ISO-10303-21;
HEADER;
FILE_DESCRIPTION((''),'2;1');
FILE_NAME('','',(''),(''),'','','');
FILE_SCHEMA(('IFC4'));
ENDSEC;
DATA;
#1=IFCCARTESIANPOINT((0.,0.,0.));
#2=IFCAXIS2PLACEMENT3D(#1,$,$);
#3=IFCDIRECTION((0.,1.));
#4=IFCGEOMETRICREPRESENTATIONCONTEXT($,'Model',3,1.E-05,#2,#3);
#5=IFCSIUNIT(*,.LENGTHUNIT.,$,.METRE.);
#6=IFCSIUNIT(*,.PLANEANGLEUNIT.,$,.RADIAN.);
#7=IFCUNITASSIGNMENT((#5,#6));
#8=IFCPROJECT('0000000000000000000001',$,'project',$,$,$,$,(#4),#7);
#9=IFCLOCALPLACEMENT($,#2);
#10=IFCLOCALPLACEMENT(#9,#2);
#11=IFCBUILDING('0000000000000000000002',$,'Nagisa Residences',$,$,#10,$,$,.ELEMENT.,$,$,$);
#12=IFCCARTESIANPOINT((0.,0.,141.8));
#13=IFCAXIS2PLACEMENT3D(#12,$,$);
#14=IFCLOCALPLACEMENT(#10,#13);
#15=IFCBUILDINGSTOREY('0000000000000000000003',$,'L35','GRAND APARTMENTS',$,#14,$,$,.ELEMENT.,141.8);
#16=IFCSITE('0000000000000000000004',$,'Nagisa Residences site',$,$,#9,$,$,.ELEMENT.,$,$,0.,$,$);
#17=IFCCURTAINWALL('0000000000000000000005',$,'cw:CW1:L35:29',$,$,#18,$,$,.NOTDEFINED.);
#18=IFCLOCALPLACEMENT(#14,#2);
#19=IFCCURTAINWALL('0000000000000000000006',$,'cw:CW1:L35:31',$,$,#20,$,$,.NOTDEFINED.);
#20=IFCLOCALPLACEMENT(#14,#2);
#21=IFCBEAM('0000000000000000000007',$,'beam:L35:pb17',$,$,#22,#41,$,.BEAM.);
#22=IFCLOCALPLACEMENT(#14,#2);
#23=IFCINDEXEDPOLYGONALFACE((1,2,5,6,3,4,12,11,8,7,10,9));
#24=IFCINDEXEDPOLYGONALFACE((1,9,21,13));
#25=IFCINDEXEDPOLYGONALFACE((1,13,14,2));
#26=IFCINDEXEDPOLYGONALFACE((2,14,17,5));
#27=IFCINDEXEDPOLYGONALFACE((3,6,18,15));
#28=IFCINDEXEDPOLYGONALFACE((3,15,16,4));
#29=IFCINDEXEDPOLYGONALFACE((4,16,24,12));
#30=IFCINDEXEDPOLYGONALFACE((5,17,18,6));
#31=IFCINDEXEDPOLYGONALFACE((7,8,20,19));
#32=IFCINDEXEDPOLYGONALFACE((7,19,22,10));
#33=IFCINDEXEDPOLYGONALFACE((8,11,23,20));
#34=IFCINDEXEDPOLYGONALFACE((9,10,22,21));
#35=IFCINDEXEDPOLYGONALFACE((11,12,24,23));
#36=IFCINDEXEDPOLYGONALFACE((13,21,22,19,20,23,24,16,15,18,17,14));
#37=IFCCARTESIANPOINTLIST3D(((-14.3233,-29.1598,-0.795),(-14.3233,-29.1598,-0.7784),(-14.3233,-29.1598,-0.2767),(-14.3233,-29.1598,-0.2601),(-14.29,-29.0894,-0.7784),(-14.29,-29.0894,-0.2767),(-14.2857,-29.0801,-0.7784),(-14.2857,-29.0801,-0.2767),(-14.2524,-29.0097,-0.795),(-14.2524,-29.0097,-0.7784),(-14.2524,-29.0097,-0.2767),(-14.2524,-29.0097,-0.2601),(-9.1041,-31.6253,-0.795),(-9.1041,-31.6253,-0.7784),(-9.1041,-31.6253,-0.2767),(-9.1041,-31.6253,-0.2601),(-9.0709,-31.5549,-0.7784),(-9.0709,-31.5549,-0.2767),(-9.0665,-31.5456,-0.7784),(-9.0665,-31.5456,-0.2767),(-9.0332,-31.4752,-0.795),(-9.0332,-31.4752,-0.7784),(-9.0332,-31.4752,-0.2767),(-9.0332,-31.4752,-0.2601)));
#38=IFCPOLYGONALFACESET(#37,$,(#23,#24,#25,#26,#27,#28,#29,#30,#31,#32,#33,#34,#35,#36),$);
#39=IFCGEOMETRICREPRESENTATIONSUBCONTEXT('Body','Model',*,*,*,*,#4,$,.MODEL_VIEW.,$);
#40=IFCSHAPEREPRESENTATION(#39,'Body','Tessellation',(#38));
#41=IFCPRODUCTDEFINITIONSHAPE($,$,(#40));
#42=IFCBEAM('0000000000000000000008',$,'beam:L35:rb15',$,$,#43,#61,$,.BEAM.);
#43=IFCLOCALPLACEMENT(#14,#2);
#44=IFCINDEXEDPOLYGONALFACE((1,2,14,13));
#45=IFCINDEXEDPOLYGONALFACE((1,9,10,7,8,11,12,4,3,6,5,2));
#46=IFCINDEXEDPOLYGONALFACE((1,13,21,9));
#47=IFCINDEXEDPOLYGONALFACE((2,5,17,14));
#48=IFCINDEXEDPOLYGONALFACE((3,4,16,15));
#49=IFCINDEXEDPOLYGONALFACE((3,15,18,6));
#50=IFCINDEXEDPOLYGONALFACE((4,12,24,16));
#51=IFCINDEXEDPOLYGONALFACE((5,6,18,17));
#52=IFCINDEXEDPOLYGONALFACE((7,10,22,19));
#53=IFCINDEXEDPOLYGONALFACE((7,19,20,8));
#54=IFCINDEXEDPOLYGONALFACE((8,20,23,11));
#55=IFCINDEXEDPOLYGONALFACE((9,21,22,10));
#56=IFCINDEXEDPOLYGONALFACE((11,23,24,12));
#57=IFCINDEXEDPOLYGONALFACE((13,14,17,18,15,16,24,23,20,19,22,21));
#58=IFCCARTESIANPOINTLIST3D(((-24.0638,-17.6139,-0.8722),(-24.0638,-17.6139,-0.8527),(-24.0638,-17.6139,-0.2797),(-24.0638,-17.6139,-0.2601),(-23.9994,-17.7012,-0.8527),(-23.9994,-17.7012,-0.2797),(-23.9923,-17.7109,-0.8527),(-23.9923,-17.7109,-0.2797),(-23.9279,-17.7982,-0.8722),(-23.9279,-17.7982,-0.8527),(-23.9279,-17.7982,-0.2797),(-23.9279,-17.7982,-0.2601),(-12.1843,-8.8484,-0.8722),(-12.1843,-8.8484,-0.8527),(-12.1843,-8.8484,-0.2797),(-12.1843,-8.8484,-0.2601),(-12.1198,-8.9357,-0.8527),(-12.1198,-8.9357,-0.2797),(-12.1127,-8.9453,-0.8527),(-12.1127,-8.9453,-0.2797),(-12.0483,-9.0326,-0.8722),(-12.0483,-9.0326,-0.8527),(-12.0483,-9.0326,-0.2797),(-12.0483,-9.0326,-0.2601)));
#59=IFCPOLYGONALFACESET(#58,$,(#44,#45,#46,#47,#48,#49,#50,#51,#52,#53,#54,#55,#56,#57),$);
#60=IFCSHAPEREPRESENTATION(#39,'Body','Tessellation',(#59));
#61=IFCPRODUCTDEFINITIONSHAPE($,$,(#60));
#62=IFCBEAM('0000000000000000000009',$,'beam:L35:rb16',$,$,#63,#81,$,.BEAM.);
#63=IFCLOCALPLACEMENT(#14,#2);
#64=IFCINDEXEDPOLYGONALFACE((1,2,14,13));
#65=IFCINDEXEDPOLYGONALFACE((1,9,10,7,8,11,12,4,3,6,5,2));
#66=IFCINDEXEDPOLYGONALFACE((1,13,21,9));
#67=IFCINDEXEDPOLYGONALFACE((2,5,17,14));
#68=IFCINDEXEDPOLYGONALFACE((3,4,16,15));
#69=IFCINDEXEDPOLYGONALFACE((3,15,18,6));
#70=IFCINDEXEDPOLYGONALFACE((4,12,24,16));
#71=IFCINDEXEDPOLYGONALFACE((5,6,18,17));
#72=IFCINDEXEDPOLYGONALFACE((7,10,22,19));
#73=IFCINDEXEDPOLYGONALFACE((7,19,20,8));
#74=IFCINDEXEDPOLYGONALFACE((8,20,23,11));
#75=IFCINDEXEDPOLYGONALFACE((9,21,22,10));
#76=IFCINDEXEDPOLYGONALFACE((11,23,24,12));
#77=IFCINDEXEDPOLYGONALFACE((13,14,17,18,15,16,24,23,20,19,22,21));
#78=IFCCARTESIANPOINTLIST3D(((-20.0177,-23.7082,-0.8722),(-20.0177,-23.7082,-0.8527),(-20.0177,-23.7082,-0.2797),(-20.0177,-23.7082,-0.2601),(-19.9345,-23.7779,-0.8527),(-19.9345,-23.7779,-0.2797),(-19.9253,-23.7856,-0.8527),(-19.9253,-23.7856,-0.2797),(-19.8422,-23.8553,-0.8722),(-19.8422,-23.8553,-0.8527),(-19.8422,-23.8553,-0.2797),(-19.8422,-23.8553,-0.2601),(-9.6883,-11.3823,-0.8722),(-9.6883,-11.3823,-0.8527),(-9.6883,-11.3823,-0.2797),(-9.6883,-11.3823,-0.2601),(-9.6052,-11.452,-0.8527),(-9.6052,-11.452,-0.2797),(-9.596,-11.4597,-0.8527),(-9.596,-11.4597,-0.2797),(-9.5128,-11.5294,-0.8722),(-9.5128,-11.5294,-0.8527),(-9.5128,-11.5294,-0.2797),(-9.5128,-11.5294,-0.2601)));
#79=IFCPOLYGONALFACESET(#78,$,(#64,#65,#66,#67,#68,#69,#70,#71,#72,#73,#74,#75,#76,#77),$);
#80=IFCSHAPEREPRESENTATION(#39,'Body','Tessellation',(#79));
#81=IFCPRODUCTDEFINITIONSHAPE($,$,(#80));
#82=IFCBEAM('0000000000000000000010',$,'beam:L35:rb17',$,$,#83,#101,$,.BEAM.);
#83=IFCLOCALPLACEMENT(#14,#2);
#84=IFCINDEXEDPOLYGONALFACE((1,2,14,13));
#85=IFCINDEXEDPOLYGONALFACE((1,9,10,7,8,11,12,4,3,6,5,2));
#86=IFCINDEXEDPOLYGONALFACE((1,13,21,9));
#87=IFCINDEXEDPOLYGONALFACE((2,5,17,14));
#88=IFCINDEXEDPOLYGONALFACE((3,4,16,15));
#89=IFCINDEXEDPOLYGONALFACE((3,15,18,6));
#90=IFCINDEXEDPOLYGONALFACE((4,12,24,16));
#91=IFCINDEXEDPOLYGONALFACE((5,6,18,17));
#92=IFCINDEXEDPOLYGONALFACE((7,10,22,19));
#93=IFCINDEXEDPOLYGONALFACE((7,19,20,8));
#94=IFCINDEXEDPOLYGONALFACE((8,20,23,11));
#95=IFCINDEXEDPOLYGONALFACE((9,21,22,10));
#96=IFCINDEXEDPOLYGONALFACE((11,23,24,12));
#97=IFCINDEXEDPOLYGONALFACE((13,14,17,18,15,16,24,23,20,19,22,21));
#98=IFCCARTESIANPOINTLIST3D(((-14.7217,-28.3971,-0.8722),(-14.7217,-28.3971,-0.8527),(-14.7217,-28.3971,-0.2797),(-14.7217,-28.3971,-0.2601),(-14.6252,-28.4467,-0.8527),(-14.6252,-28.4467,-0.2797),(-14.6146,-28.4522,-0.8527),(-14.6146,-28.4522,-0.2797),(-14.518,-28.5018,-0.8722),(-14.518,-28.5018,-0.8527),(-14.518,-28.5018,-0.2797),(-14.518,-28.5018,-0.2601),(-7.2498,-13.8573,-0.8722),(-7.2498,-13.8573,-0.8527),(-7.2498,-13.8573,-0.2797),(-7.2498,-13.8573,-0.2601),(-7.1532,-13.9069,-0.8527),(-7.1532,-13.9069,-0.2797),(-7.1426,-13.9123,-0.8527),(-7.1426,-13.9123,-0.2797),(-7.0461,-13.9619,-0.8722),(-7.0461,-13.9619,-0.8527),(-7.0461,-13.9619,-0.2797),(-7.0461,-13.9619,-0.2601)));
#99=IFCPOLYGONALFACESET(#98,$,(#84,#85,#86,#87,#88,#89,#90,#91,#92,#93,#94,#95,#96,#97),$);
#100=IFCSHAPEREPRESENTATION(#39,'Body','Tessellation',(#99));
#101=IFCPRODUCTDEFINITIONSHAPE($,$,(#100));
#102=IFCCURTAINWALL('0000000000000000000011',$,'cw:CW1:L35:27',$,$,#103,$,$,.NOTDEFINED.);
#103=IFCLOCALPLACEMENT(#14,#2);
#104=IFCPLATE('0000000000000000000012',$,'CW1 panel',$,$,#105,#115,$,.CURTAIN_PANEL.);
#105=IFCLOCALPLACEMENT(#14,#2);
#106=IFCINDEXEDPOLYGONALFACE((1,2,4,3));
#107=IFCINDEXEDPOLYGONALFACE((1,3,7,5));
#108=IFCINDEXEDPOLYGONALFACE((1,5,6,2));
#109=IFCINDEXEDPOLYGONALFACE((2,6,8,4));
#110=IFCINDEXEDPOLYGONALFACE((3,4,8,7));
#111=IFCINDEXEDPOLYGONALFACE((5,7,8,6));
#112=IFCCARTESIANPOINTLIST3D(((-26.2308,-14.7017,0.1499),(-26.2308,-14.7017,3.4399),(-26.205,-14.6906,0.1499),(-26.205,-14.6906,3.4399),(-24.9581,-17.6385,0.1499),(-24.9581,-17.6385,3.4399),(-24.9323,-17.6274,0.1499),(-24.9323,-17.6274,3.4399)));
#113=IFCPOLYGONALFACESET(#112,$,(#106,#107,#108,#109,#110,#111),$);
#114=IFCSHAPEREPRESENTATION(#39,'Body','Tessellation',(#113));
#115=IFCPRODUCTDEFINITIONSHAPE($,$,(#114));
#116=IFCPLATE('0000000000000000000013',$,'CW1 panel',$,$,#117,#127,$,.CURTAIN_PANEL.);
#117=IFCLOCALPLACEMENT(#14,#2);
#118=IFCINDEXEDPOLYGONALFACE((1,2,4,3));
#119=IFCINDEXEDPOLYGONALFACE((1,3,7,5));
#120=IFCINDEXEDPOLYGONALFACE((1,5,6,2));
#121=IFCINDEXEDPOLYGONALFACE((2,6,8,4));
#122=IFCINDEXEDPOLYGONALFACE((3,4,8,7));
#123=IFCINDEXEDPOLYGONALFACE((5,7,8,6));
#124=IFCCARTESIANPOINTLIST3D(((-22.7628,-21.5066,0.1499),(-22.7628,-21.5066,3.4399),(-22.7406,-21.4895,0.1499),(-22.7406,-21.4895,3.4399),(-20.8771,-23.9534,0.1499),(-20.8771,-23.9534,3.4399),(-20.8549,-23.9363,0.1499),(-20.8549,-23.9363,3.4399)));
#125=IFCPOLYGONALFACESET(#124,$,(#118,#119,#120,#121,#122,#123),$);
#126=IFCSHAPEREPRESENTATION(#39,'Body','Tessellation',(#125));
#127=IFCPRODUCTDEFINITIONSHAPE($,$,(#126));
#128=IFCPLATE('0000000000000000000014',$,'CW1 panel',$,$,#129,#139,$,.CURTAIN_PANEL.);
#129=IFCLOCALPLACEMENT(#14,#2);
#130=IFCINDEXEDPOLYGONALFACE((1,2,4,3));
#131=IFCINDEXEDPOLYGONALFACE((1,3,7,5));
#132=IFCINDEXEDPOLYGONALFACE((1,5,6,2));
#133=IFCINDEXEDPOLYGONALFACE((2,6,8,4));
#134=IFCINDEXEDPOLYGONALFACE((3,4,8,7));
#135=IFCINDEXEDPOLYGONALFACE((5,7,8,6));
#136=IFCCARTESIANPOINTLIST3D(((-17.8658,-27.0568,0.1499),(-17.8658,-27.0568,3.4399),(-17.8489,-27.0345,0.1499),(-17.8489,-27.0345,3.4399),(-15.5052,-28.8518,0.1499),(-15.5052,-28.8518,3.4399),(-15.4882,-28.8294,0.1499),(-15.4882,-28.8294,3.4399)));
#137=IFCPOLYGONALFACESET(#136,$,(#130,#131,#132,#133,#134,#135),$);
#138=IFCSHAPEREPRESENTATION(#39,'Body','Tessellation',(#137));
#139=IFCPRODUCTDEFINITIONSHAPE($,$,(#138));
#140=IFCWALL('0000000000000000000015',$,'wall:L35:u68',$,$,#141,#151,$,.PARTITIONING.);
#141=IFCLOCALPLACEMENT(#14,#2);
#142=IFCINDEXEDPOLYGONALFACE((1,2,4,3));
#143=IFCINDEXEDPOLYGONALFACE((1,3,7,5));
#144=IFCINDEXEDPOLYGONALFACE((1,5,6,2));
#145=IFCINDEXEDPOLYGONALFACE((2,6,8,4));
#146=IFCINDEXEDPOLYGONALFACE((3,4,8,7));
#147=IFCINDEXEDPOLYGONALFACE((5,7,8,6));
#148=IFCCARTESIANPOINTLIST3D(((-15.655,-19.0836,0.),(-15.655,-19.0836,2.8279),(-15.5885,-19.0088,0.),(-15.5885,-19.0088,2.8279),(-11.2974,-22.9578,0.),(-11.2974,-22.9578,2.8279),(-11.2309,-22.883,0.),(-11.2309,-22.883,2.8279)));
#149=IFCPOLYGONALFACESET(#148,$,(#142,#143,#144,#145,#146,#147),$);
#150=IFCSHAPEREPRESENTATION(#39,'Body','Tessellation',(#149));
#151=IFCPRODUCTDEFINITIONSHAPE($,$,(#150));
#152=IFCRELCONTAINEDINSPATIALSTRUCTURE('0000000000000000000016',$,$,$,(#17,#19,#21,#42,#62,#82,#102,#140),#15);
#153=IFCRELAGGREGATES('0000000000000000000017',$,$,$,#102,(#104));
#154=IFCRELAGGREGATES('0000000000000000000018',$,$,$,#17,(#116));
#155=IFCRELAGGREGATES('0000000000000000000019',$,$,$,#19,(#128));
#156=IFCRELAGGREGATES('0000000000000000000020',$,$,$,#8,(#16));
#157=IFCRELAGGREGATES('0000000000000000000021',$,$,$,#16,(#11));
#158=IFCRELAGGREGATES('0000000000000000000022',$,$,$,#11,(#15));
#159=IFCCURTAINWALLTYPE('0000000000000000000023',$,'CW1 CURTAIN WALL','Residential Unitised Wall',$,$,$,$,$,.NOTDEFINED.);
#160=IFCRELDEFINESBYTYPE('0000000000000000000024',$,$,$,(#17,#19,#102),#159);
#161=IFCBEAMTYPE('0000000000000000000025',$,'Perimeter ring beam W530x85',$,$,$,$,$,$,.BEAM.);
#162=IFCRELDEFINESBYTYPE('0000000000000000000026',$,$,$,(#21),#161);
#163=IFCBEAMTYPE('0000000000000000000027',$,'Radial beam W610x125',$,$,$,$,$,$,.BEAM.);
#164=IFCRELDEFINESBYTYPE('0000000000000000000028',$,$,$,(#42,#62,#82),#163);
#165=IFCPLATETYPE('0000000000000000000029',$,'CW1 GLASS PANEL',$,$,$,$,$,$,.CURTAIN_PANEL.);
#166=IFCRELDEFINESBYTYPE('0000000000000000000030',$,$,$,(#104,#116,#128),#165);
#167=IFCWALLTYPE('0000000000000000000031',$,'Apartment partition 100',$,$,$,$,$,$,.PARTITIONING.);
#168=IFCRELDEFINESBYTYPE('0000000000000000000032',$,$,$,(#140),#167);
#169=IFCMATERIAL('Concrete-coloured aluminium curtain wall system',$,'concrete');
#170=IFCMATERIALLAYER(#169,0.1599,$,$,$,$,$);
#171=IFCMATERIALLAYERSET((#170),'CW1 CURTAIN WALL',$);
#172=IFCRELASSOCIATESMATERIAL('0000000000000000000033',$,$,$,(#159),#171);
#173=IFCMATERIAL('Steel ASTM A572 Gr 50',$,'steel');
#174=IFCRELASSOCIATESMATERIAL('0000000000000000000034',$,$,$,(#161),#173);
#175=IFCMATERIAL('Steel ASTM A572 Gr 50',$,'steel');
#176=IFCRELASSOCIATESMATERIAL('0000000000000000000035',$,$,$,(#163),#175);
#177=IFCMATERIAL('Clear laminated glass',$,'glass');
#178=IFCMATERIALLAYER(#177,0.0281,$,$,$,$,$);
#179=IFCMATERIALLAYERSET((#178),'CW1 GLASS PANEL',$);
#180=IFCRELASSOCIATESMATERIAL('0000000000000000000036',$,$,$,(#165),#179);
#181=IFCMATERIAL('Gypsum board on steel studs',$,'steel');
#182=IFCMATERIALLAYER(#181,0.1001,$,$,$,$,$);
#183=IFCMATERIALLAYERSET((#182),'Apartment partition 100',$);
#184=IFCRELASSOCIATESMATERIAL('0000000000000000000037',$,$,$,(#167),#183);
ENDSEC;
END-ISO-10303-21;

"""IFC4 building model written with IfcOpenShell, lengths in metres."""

from ifc_helpers import new_model, si_unit, direction, frame, frame_2d, origin, origin_2d, place, context, subcontext, project, spatial, rectangle, i_section, extrude, material, layer, layer_set, material_profile, profile_set, type_object, element, aggregate, save


model = new_model("IFC4")

# Units and contexts
model_context = context("Model", 3, precision=1e-05, world=origin(), true_north=direction((0.0, 1.0)))
body_context = subcontext(model_context, "Body", "Model", "MODEL_VIEW")
ifc_project = project(units=[si_unit("LENGTHUNIT", "METRE"), si_unit("PLANEANGLEUNIT", "RADIAN")], contexts=[model_context])

# Site, building, storey
site_placement = place(None, origin())
site = spatial("IfcSite", under=ifc_project, at=site_placement, Name="Nagisa Residences site", CompositionType="ELEMENT", RefElevation=0.0)
building_placement = place(site_placement, origin())
building = spatial("IfcBuilding", under=site, at=building_placement, Name="Nagisa Residences", CompositionType="ELEMENT")
storey_placement = place(building_placement, frame((0.0, 0.0, 141.8)))
storey = spatial("IfcBuildingStorey", under=building, at=storey_placement, Name="L35", Description="GRAND APARTMENTS", CompositionType="ELEMENT", Elevation=141.8)

# Curtain walls
ifc_material_1 = material(Name="Concrete-coloured aluminium curtain wall system", Category="concrete")
ifc_layer_1 = layer(ifc_material_1, 0.1599)
ifc_layer_set_1 = layer_set([ifc_layer_1], Name="CW1 CURTAIN WALL")
curtain_wall_type = type_object("IfcCurtainWallType", Name="CW1 CURTAIN WALL", Description="Residential Unitised Wall", PredefinedType="NOTDEFINED", material=ifc_layer_set_1)
curtain_wall_1_placement = place(storey_placement, origin())
curtain_wall_1 = element("IfcCurtainWall", 1, at=curtain_wall_1_placement, inside=storey, type_object=curtain_wall_type, Name="cw:CW1:L35:29", PredefinedType="NOTDEFINED")
curtain_wall_2_placement = place(storey_placement, origin())
curtain_wall_2 = element("IfcCurtainWall", 2, at=curtain_wall_2_placement, inside=storey, type_object=curtain_wall_type, Name="cw:CW1:L35:31", PredefinedType="NOTDEFINED")

# Beams
ifc_material_2 = material(Name="Steel ASTM A572 Gr 50", Category="steel")
ifc_material_profile_1 = material_profile(ifc_material_2, i_section(OverallWidth=0.166, OverallDepth=0.5349, WebThickness=0.0103, FlangeThickness=0.0166, at=origin_2d()), Name="W530x85")
ifc_profile_set_1 = profile_set([ifc_material_profile_1], Name="Steel ASTM A572 Gr 50")
beam_type_1 = type_object("IfcBeamType", Name="Perimeter ring beam W530x85", PredefinedType="BEAM", material=ifc_profile_set_1)
beam_1_placement = place(storey_placement, frame((-14.2878, -29.0847, -0.5276), z_axis=(0.904186, -0.427139, 0.0), x_axis=(0.427139, 0.904186, 0.0)))
element("IfcBeam", 3, at=beam_1_placement, inside=storey, type_object=beam_type_1, Name="beam:L35:pb17", PredefinedType="BEAM", context=body_context, shape_type="SweptSolid", body=[
    extrude(i_section(OverallWidth=0.166, OverallDepth=0.5349, WebThickness=0.0103, FlangeThickness=0.0166, at=origin_2d()), origin(), (0.0, 0.0, 1.0), 5.7722),
])
ifc_material_3 = material(Name="Steel ASTM A572 Gr 50", Category="steel")
ifc_material_profile_2 = material_profile(ifc_material_3, i_section(OverallWidth=0.229, OverallDepth=0.6121, WebThickness=0.012, FlangeThickness=0.0195, at=origin_2d()), Name="W610x125")
ifc_profile_set_2 = profile_set([ifc_material_profile_2], Name="Steel ASTM A572 Gr 50")
beam_type_2 = type_object("IfcBeamType", Name="Radial beam W610x125", PredefinedType="BEAM", material=ifc_profile_set_2)
beam_2_placement = place(storey_placement, frame((-23.9958, -17.7061, -0.5662), z_axis=(0.804661, 0.593735, 0.0), x_axis=(-0.593735, 0.804661, 0.0)))
element("IfcBeam", 4, at=beam_2_placement, inside=storey, type_object=beam_type_2, Name="beam:L35:rb15", PredefinedType="BEAM", context=body_context, shape_type="SweptSolid", body=[
    extrude(i_section(OverallWidth=0.229, OverallDepth=0.6121, WebThickness=0.012, FlangeThickness=0.0195, at=origin_2d()), origin(), (0.0, 0.0, 1.0), 14.7634),
])
beam_3_placement = place(storey_placement, frame((-19.9299, -23.7817, -0.5662), z_axis=(0.642301, 0.766453, 0.0), x_axis=(-0.766453, 0.642301, 0.0)))
element("IfcBeam", 5, at=beam_3_placement, inside=storey, type_object=beam_type_2, Name="beam:L35:rb16", PredefinedType="BEAM", context=body_context, shape_type="SweptSolid", body=[
    extrude(i_section(OverallWidth=0.229, OverallDepth=0.6121, WebThickness=0.012, FlangeThickness=0.0195, at=origin_2d()), origin(), (0.0, 0.0, 1.0), 16.0818),
])
beam_4_placement = place(storey_placement, frame((-14.6199, -28.4495, -0.5662), z_axis=(0.457073, 0.889429, 0.0), x_axis=(-0.889429, 0.457073, 0.0)))
element("IfcBeam", 6, at=beam_4_placement, inside=storey, type_object=beam_type_2, Name="beam:L35:rb17", PredefinedType="BEAM", context=body_context, shape_type="SweptSolid", body=[
    extrude(i_section(OverallWidth=0.229, OverallDepth=0.6121, WebThickness=0.012, FlangeThickness=0.0195, at=origin_2d()), origin(), (0.0, 0.0, 1.0), 16.3474),
])

# Curtain wall, plate
curtain_wall_3_placement = place(storey_placement, origin())
curtain_wall_3 = element("IfcCurtainWall", 7, at=curtain_wall_3_placement, inside=storey, type_object=curtain_wall_type, Name="cw:CW1:L35:27", PredefinedType="NOTDEFINED")
ifc_material_4 = material(Name="Clear laminated glass", Category="glass")
ifc_layer_2 = layer(ifc_material_4, 0.0281)
ifc_layer_set_2 = layer_set([ifc_layer_2], Name="CW1 GLASS PANEL")
plate_type = type_object("IfcPlateType", Name="CW1 GLASS PANEL", PredefinedType="CURTAIN_PANEL", material=ifc_layer_set_2)
plate_1_placement = place(storey_placement, frame((-25.5815, -16.1646, 0.1499), z_axis=(0.0, 0.0, 1.0), x_axis=(0.397636, -0.917543, 0.0)))
plate_1 = element("IfcPlate", 8, at=plate_1_placement, type_object=plate_type, Name="CW1 panel", PredefinedType="CURTAIN_PANEL", context=body_context, shape_type="SweptSolid", body=[
    extrude(rectangle(XDim=3.2007, YDim=0.0281, at=origin_2d()), origin(), (0.0, 0.0, 1.0), 3.29),
])
aggregate(curtain_wall_3, [plate_1])

# Plates
plate_2_placement = place(storey_placement, frame((-21.8088, -22.7214, 0.1499), z_axis=(0.0, 0.0, 1.0), x_axis=(0.61043, -0.79207, 0.0)))
plate_2 = element("IfcPlate", 9, at=plate_2_placement, type_object=plate_type, Name="CW1 panel", PredefinedType="CURTAIN_PANEL", context=body_context, shape_type="SweptSolid", body=[
    extrude(rectangle(XDim=3.0891, YDim=0.0281, at=origin_2d()), origin(), (0.0, 0.0, 1.0), 3.29),
])
aggregate(curtain_wall_1, [plate_2])
plate_3_placement = place(storey_placement, frame((-16.677, -27.9431, 0.1499), z_axis=(0.0, 0.0, 1.0), x_axis=(0.796031, -0.605255, 0.0)))
plate_3 = element("IfcPlate", 10, at=plate_3_placement, type_object=plate_type, Name="CW1 panel", PredefinedType="CURTAIN_PANEL", context=body_context, shape_type="SweptSolid", body=[
    extrude(rectangle(XDim=2.9656, YDim=0.0281, at=origin_2d()), origin(), (0.0, 0.0, 1.0), 3.29),
])
aggregate(curtain_wall_2, [plate_3])

# Wall
ifc_material_5 = material(Name="Gypsum board on steel studs", Category="steel")
ifc_layer_3 = layer(ifc_material_5, 0.1001)
ifc_layer_set_3 = layer_set([ifc_layer_3], Name="Apartment partition 100")
wall_type_1 = type_object("IfcWallType", Name="Apartment partition 100", PredefinedType="PARTITIONING", material=ifc_layer_set_3)
wall_1_placement = place(storey_placement, frame((-15.6218, -19.0461, 0.0), z_axis=(0.0, 0.0, 1.0), x_axis=(0.747342, -0.664439, 0.0)))
element("IfcWall", 11, at=wall_1_placement, inside=storey, type_object=wall_type_1, Name="wall:L35:u68", PredefinedType="PARTITIONING", context=body_context, shape_type="SweptSolid", body=[
    extrude(rectangle(XDim=5.8308, YDim=0.1001, at=frame_2d((2.9155, 0.0))), origin(), (0.0, 0.0, 1.0), 2.8279),
])

save(model, "model.ifc")
